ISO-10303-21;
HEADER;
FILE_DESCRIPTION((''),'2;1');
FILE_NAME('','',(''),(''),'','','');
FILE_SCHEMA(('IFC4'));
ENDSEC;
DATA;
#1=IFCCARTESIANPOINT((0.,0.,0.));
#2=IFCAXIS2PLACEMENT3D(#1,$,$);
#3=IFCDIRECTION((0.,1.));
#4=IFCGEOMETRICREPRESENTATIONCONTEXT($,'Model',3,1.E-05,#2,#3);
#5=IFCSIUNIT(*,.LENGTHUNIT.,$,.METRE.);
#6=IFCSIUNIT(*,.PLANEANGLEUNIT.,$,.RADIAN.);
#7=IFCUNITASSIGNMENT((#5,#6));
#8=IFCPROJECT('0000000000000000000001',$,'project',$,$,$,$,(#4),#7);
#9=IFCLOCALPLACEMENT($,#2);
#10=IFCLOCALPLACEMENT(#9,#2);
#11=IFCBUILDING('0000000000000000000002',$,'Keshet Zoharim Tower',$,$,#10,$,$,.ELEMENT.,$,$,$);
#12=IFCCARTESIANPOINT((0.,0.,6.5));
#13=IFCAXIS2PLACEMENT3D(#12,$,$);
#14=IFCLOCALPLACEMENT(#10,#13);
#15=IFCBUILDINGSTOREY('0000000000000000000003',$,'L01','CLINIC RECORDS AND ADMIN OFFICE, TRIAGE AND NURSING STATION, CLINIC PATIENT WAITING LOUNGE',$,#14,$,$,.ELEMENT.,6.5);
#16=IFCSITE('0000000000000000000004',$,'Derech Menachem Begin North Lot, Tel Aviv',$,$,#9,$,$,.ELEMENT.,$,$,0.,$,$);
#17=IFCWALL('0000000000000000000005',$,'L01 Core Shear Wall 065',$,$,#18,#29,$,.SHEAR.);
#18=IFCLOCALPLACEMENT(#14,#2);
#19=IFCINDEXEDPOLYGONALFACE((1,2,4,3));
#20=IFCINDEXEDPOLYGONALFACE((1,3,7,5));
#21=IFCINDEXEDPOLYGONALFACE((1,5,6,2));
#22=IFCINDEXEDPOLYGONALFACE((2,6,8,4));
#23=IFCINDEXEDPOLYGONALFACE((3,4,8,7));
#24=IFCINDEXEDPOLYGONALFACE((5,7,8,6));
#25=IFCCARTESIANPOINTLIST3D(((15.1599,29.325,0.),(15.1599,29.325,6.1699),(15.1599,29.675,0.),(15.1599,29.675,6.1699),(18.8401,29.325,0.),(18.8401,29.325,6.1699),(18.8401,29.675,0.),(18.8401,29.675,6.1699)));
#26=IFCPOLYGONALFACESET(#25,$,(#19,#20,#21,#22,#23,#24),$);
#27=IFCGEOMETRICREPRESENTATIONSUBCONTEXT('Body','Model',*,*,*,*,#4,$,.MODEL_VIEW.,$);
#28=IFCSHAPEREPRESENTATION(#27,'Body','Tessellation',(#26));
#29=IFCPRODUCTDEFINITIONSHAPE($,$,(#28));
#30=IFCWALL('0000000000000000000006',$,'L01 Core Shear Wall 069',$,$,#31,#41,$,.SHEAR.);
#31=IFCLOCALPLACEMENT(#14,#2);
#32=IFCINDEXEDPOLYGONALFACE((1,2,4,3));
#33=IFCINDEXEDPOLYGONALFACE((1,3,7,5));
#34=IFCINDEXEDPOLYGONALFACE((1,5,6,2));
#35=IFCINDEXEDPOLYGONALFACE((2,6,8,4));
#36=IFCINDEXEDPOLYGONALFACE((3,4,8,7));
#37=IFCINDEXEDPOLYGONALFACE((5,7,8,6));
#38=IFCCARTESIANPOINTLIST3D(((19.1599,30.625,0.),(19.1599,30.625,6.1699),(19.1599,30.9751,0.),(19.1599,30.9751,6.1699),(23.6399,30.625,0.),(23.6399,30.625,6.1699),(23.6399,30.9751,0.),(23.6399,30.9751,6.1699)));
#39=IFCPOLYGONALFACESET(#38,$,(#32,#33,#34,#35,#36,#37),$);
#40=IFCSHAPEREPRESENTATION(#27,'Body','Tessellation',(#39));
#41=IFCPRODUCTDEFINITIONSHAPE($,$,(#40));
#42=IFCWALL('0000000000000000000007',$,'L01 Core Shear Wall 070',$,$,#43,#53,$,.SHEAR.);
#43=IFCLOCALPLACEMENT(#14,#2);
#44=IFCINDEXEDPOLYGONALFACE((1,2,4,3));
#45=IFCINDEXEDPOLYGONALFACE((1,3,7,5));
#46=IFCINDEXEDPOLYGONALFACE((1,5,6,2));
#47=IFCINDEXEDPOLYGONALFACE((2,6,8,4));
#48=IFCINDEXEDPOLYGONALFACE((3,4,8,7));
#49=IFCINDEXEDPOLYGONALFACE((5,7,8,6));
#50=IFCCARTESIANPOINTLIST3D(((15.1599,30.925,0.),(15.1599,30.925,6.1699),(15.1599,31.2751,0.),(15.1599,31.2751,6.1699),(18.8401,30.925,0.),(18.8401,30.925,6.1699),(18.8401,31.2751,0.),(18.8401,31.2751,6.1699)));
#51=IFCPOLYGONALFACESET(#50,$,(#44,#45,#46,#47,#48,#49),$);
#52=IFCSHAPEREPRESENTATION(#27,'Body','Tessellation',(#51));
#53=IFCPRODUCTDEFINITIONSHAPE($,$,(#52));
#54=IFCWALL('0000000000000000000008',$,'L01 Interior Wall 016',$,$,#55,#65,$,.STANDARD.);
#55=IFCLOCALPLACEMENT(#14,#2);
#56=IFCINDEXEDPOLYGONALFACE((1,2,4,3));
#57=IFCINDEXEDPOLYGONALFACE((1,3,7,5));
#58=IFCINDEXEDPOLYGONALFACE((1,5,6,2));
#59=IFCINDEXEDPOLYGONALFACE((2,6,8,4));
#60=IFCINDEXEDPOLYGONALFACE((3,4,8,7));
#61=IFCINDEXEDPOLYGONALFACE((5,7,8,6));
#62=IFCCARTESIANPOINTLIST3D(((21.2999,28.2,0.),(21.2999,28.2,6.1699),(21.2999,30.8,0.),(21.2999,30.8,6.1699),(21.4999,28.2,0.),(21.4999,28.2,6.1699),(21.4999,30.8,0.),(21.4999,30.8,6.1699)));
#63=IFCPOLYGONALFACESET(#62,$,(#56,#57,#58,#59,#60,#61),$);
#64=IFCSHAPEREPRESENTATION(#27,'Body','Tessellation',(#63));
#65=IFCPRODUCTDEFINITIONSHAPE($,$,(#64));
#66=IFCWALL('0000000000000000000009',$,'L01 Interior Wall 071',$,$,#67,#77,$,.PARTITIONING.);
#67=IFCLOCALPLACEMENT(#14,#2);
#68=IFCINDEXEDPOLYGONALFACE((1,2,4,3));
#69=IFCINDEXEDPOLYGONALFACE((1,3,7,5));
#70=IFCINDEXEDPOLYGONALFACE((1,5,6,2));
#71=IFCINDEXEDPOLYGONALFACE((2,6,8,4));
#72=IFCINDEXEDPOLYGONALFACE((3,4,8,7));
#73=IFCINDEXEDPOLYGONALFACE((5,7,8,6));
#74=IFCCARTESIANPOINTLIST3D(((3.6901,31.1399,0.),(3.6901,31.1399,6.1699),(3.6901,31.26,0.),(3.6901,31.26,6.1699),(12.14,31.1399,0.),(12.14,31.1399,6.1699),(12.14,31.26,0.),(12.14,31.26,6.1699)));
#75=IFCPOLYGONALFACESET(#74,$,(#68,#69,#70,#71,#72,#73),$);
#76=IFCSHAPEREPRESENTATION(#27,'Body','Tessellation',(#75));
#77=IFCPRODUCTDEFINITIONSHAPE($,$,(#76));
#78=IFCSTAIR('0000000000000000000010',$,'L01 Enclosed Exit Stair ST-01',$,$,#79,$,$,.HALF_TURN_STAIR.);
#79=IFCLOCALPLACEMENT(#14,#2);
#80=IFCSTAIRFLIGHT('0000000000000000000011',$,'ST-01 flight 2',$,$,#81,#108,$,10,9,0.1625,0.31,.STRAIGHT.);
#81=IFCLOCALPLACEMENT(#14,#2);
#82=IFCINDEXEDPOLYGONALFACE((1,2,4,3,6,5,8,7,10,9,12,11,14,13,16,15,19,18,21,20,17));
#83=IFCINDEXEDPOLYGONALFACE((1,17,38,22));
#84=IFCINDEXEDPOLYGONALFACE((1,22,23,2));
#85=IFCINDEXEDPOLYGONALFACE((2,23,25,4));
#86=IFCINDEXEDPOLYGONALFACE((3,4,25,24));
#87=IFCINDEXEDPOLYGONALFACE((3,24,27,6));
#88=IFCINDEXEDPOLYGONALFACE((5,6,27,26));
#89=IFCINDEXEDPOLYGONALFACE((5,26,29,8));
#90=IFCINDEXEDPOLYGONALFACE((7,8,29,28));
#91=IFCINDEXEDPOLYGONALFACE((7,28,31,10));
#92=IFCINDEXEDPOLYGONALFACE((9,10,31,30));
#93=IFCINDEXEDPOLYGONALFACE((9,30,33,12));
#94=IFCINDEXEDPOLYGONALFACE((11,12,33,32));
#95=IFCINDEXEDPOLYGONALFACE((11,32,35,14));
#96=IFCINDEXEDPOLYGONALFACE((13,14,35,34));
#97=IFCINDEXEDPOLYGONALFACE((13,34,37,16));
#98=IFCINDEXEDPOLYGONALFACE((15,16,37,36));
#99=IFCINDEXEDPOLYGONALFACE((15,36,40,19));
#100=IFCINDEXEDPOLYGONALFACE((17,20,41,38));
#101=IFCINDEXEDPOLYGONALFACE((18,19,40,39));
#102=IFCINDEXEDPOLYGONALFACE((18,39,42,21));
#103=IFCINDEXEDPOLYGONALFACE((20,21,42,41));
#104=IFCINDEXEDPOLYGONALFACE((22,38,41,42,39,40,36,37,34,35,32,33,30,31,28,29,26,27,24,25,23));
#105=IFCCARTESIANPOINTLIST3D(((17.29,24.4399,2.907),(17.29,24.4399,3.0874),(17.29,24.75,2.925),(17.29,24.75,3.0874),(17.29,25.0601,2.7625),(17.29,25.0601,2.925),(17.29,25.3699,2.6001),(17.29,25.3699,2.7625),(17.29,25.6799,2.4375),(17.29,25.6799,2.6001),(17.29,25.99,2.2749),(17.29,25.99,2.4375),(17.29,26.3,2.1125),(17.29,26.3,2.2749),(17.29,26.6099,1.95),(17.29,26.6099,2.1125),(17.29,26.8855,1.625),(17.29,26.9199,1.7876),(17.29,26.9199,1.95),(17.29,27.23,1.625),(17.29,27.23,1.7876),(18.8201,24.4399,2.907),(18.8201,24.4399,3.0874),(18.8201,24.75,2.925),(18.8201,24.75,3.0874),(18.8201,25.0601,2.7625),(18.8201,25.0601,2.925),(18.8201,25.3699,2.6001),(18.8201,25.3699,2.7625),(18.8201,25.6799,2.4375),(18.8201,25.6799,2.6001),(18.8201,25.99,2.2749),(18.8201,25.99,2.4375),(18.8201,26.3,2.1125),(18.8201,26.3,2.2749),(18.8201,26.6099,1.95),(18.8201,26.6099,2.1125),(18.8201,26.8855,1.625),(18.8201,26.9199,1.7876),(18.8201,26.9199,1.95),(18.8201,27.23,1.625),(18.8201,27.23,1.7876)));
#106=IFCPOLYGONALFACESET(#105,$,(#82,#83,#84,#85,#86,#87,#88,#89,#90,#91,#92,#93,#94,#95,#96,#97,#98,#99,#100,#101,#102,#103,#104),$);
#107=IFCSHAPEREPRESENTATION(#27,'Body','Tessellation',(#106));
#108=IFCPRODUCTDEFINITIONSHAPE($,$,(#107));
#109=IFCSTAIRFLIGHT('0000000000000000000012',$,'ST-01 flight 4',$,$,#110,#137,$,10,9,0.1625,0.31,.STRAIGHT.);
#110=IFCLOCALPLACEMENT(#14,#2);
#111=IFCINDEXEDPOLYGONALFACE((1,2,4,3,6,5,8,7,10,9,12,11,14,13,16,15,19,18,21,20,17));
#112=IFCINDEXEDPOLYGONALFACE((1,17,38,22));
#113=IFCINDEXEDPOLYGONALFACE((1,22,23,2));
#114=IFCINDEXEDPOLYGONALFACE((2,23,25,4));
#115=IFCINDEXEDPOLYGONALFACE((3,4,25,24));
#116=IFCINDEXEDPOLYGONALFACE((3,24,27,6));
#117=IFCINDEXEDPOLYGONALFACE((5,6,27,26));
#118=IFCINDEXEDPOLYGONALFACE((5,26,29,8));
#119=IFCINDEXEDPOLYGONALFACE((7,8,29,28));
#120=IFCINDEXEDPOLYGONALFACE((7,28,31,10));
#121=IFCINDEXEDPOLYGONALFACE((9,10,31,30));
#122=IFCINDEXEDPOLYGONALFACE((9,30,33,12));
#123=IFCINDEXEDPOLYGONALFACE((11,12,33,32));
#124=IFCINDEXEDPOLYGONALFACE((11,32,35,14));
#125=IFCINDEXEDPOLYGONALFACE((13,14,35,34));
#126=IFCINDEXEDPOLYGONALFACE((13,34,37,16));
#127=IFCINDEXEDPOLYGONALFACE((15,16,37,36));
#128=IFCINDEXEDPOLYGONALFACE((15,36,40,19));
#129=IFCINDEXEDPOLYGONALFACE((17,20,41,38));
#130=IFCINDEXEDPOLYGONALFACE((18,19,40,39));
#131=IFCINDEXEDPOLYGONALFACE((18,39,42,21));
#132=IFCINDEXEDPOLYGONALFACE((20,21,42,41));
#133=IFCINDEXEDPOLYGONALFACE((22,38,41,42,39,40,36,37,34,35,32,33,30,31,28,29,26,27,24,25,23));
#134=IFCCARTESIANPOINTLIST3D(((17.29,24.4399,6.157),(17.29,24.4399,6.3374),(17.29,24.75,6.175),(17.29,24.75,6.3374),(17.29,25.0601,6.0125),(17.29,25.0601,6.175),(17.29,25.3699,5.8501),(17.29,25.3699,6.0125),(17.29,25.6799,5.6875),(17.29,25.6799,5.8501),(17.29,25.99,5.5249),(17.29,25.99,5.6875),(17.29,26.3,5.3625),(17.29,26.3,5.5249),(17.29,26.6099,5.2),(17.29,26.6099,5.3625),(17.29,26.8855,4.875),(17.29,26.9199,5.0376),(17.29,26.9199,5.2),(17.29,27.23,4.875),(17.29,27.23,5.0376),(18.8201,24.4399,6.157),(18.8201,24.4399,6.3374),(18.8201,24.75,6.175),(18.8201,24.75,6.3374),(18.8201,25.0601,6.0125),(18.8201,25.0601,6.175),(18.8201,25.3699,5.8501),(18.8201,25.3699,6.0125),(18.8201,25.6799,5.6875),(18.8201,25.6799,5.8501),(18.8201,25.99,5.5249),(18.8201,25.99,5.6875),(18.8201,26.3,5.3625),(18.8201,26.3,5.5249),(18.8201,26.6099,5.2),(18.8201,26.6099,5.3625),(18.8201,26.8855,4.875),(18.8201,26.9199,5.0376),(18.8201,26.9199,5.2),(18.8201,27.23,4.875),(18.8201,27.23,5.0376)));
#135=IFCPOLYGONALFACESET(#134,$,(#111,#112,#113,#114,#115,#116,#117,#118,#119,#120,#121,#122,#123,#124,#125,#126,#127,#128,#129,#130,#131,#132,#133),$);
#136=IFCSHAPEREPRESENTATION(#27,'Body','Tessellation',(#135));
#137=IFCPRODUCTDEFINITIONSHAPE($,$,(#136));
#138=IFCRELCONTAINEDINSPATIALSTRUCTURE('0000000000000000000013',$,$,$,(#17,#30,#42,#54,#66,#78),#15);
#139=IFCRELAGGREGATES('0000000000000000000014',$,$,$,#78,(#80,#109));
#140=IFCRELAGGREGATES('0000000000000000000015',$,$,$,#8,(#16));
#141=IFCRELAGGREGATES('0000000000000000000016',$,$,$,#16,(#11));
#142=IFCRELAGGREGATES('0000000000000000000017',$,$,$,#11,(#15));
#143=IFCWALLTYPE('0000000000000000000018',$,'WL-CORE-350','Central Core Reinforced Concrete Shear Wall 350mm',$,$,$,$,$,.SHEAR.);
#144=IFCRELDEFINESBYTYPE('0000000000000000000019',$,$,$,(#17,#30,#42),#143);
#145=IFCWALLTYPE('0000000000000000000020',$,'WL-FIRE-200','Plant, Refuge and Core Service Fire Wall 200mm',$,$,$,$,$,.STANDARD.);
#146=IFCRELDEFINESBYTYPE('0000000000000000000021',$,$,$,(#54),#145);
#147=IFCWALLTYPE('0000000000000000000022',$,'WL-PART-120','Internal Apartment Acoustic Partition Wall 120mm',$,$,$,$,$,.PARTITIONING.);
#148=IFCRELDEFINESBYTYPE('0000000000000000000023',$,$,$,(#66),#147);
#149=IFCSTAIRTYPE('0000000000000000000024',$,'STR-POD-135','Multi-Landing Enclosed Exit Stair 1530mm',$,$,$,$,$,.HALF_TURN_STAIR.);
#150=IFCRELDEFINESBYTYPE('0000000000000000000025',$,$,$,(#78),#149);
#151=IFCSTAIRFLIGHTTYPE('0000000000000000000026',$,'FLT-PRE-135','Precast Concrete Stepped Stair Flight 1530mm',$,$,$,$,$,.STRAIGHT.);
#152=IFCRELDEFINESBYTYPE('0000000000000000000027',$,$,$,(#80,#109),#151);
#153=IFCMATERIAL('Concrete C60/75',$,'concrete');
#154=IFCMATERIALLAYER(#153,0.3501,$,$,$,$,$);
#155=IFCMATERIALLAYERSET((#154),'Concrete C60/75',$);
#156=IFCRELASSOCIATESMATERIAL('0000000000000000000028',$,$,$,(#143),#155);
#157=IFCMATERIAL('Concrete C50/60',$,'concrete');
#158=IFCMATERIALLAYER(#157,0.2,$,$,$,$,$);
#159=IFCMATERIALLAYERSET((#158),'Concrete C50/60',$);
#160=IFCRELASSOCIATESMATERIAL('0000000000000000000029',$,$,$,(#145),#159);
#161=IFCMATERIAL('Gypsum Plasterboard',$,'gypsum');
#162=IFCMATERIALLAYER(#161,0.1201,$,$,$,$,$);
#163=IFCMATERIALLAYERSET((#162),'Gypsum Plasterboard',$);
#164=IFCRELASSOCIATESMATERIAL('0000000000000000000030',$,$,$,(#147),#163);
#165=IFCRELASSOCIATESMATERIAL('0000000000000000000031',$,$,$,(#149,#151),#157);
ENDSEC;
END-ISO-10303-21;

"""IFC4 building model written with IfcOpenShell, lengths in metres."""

from ifc_helpers import new_model, si_unit, direction, frame, frame_2d, origin, place, context, subcontext, project, spatial, polyline, rectangle, outline, extrude, material, layer, layer_set, type_object, element, aggregate, save


model = new_model("IFC4")

# Units and contexts
model_context = context("Model", 3, precision=1e-05, world=origin(), true_north=direction((0.0, 1.0)))
body_context = subcontext(model_context, "Body", "Model", "MODEL_VIEW")
ifc_project = project(units=[si_unit("LENGTHUNIT", "METRE"), si_unit("PLANEANGLEUNIT", "RADIAN")], contexts=[model_context])

# Site, building, storey
site_placement = place(None, origin())
site = spatial("IfcSite", under=ifc_project, at=site_placement, Name="Derech Menachem Begin North Lot, Tel Aviv", CompositionType="ELEMENT", RefElevation=0.0)
building_placement = place(site_placement, origin())
building = spatial("IfcBuilding", under=site, at=building_placement, Name="Keshet Zoharim Tower", CompositionType="ELEMENT")
storey_placement = place(building_placement, frame((0.0, 0.0, 6.5)))
storey = spatial("IfcBuildingStorey", under=building, at=storey_placement, Name="L01", Description="CLINIC RECORDS AND ADMIN OFFICE, TRIAGE AND NURSING STATION, CLINIC PATIENT WAITING LOUNGE", CompositionType="ELEMENT", Elevation=6.5)

# Shared definitions
ifc_material_1 = material(Name="Concrete C60/75", Category="concrete")

# Shared definitions
ifc_layer_1 = layer(ifc_material_1, 0.3501)
ifc_layer_set_1 = layer_set([ifc_layer_1], Name="Concrete C60/75")
wall_type_1 = type_object("IfcWallType", Name="WL-CORE-350", Description="Central Core Reinforced Concrete Shear Wall 350mm", PredefinedType="SHEAR", material=ifc_layer_set_1)

# Walls
wall_1_placement = place(storey_placement, frame((15.1599, 29.5, 0.0), z_axis=(0.0, 0.0, 1.0), x_axis=(1.0, 0.0, 0.0)))
element("IfcWall", 1, at=wall_1_placement, inside=storey, type_object=wall_type_1, Name="L01 Core Shear Wall 065", PredefinedType="SHEAR", context=body_context, shape_type="SweptSolid", body=[
    extrude(rectangle(XDim=3.6802, YDim=0.3501, at=frame_2d((1.8401, 0.0))), origin(), (0.0, 0.0, 1.0), 6.1699),
])
wall_2_placement = place(storey_placement, frame((19.1599, 30.8, 0.0), z_axis=(0.0, 0.0, 1.0), x_axis=(1.0, 0.0, 0.0)))
element("IfcWall", 2, at=wall_2_placement, inside=storey, type_object=wall_type_1, Name="L01 Core Shear Wall 069", PredefinedType="SHEAR", context=body_context, shape_type="SweptSolid", body=[
    extrude(rectangle(XDim=4.48, YDim=0.3501, at=frame_2d((2.24, 0.0))), origin(), (0.0, 0.0, 1.0), 6.1699),
])
wall_3_placement = place(storey_placement, frame((15.1599, 31.1001, 0.0), z_axis=(0.0, 0.0, 1.0), x_axis=(1.0, 0.0, 0.0)))
element("IfcWall", 3, at=wall_3_placement, inside=storey, type_object=wall_type_1, Name="L01 Core Shear Wall 070", PredefinedType="SHEAR", context=body_context, shape_type="SweptSolid", body=[
    extrude(rectangle(XDim=3.6802, YDim=0.3501, at=frame_2d((1.8401, 0.0))), origin(), (0.0, 0.0, 1.0), 6.1699),
])
ifc_material_2 = material(Name="Concrete C50/60", Category="concrete")
ifc_layer_2 = layer(ifc_material_2, 0.2)
ifc_layer_set_2 = layer_set([ifc_layer_2], Name="Concrete C50/60")
wall_type_2 = type_object("IfcWallType", Name="WL-FIRE-200", Description="Plant, Refuge and Core Service Fire Wall 200mm", PredefinedType="STANDARD", material=ifc_layer_set_2)
wall_4_placement = place(storey_placement, frame((21.3999, 28.2, 0.0), z_axis=(0.0, 0.0, 1.0), x_axis=(0.0, 1.0, 0.0)))
element("IfcWall", 4, at=wall_4_placement, inside=storey, type_object=wall_type_2, Name="L01 Interior Wall 016", PredefinedType="STANDARD", context=body_context, shape_type="SweptSolid", body=[
    extrude(rectangle(XDim=2.6001, YDim=0.2, at=frame_2d((1.3, 0.0))), origin(), (0.0, 0.0, 1.0), 6.1699),
])
ifc_material_3 = material(Name="Gypsum Plasterboard", Category="gypsum")
ifc_layer_3 = layer(ifc_material_3, 0.1201)
ifc_layer_set_3 = layer_set([ifc_layer_3], Name="Gypsum Plasterboard")
wall_type_3 = type_object("IfcWallType", Name="WL-PART-120", Description="Internal Apartment Acoustic Partition Wall 120mm", PredefinedType="PARTITIONING", material=ifc_layer_set_3)
wall_5_placement = place(storey_placement, frame((3.6899, 31.2, 0.0), z_axis=(0.0, 0.0, 1.0), x_axis=(1.0, 0.0, 0.0)))
element("IfcWall", 5, at=wall_5_placement, inside=storey, type_object=wall_type_3, Name="L01 Interior Wall 071", PredefinedType="PARTITIONING", context=body_context, shape_type="SweptSolid", body=[
    extrude(rectangle(XDim=8.45, YDim=0.1201, at=frame_2d((4.2251, 0.0))), origin(), (0.0, 0.0, 1.0), 6.1699),
])

# Stair, stair flights
stair_type = type_object("IfcStairType", Name="STR-POD-135", Description="Multi-Landing Enclosed Exit Stair 1530mm", PredefinedType="HALF_TURN_STAIR", material=ifc_material_2)
stair_placement = place(storey_placement, origin())
stair = element("IfcStair", 6, at=stair_placement, inside=storey, type_object=stair_type, Name="L01 Enclosed Exit Stair ST-01", PredefinedType="HALF_TURN_STAIR")
stair_flight_type = type_object("IfcStairFlightType", Name="FLT-PRE-135", Description="Precast Concrete Stepped Stair Flight 1530mm", PredefinedType="STRAIGHT", material=ifc_material_2)
stair_flight_1_placement = place(storey_placement, frame((18.0549, 27.23, 1.625), z_axis=(0.0, 0.0, 1.0), x_axis=(0.0, -1.0, 0.0)))
stair_flight_1 = element("IfcStairFlight", 7, at=stair_flight_1_placement, type_object=stair_flight_type, Name="ST-01 flight 2", NumberOfRisers=10, NumberOfTreads=9, PredefinedType="STRAIGHT", RiserHeight=0.1625, TreadLength=0.31, context=body_context, shape_type="SweptSolid", body=[
    extrude(outline(polyline([(0.0, 0.0), (0.0, 0.1626), (0.3101, 0.1626), (0.3101, 0.325), (0.6201, 0.325), (0.6201, 0.4875), (0.9299, 0.4875), (0.9299, 0.6499), (1.24, 0.6499), (1.24, 0.8125), (1.55, 0.8125), (1.55, 0.9751), (1.8601, 0.9751), (1.8601, 1.1375), (2.1699, 1.1375), (2.1699, 1.3), (2.48, 1.3), (2.48, 1.4624), (2.79, 1.4624), (2.79, 1.625), (2.79, 1.282), (0.3445, 0.0), (0.0, 0.0)])), frame((0.0, 0.7651, 0.0), z_axis=(0.0, -1.0, 0.0), x_axis=(1.0, 0.0, 0.0)), (0.0, 0.0, 1.0), 1.53),
])
stair_flight_2_placement = place(storey_placement, frame((18.0549, 27.23, 4.875), z_axis=(0.0, 0.0, 1.0), x_axis=(0.0, -1.0, 0.0)))
stair_flight_2 = element("IfcStairFlight", 8, at=stair_flight_2_placement, type_object=stair_flight_type, Name="ST-01 flight 4", NumberOfRisers=10, NumberOfTreads=9, PredefinedType="STRAIGHT", RiserHeight=0.1625, TreadLength=0.31, context=body_context, shape_type="SweptSolid", body=[
    extrude(outline(polyline([(0.0, 0.0), (0.0, 0.1626), (0.3101, 0.1626), (0.3101, 0.325), (0.6201, 0.325), (0.6201, 0.4875), (0.9299, 0.4875), (0.9299, 0.6499), (1.24, 0.6499), (1.24, 0.8125), (1.55, 0.8125), (1.55, 0.9751), (1.8601, 0.9751), (1.8601, 1.1375), (2.1699, 1.1375), (2.1699, 1.3), (2.48, 1.3), (2.48, 1.4624), (2.79, 1.4624), (2.79, 1.625), (2.79, 1.282), (0.3445, 0.0), (0.0, 0.0)])), frame((0.0, 0.7651, 0.0), z_axis=(0.0, -1.0, 0.0), x_axis=(1.0, 0.0, 0.0)), (0.0, 0.0, 1.0), 1.53),
])
aggregate(stair, [stair_flight_1, stair_flight_2])

save(model, "model.ifc")
